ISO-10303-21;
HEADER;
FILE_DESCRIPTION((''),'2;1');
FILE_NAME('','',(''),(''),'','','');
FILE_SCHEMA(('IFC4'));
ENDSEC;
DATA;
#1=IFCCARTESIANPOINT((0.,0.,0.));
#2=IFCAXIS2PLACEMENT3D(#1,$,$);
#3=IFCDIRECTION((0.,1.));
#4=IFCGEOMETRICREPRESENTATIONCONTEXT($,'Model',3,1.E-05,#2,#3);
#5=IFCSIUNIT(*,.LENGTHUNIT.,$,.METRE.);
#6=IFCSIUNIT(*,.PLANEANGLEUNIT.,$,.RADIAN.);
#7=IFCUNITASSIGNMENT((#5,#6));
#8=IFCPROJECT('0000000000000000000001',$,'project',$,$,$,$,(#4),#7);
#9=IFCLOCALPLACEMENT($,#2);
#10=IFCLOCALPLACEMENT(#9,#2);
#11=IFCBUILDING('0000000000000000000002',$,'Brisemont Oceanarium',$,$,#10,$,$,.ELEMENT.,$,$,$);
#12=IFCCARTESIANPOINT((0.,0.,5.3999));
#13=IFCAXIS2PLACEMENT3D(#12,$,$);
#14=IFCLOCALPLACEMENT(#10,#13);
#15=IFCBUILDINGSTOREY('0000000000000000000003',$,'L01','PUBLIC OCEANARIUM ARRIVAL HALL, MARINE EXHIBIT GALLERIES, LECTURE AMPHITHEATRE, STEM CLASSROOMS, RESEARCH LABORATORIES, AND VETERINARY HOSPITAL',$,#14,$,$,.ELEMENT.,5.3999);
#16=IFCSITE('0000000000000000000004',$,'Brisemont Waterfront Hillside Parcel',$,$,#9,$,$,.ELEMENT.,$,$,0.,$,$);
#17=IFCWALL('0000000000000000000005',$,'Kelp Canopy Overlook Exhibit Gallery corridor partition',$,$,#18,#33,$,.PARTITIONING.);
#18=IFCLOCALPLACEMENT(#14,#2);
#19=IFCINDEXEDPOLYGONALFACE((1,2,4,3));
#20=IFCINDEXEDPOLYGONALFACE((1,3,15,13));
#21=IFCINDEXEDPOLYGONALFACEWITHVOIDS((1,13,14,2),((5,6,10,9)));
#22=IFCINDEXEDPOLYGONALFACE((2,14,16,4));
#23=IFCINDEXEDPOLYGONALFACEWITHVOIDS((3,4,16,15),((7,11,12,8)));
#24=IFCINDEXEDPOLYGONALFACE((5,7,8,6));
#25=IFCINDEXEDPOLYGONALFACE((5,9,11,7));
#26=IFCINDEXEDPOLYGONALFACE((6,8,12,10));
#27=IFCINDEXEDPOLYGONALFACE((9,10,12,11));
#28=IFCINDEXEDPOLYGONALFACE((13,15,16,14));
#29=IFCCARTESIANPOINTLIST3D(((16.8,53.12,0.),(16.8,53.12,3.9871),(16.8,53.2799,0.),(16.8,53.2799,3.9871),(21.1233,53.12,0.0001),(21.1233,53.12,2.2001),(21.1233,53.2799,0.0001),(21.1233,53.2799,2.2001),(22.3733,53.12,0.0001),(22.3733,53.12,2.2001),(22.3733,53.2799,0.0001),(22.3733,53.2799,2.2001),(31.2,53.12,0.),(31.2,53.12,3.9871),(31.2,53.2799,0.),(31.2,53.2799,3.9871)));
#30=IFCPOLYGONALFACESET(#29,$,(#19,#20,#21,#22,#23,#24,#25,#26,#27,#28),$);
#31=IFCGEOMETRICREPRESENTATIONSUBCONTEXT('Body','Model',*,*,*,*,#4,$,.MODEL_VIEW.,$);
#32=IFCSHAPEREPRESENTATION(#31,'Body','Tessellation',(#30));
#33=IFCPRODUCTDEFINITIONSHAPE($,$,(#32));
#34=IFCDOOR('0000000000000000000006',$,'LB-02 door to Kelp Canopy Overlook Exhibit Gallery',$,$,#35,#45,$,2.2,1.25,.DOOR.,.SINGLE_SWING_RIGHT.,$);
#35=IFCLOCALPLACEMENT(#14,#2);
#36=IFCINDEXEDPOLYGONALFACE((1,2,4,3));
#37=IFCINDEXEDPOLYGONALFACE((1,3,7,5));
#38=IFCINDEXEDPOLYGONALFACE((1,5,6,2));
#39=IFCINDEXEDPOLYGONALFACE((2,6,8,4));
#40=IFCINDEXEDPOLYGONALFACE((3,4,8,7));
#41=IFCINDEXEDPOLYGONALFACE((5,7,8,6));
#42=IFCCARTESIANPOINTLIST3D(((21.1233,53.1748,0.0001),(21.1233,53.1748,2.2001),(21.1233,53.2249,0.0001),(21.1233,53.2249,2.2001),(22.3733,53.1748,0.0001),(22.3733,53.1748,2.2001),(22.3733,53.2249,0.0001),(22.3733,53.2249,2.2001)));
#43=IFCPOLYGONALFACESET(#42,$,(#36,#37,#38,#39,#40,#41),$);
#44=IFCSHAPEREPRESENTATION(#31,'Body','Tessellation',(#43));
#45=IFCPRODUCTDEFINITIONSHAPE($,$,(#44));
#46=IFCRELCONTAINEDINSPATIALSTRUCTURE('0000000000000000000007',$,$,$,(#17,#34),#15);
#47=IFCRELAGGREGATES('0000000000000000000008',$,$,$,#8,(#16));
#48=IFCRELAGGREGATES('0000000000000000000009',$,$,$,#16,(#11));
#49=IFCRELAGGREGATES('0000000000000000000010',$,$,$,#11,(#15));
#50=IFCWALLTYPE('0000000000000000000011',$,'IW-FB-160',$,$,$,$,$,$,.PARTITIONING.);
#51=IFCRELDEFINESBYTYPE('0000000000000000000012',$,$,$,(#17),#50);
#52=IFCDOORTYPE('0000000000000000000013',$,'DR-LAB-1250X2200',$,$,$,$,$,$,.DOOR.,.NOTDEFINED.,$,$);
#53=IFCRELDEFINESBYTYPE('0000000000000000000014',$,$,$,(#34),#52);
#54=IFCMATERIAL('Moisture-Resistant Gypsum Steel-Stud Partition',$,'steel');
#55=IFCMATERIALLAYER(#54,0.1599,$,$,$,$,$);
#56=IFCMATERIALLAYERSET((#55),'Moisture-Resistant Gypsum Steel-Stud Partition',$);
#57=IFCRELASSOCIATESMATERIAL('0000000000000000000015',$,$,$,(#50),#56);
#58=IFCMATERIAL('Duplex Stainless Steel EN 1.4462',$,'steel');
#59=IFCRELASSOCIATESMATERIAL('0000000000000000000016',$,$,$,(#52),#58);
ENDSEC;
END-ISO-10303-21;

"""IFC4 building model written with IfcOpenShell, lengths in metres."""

from ifc_helpers import new_model, si_unit, direction, frame, frame_2d, origin, place, context, subcontext, project, spatial, rectangle, extrude, material, layer, layer_set, type_object, element, fill, save


model = new_model("IFC4")

# Units and contexts
model_context = context("Model", 3, precision=1e-05, world=origin(), true_north=direction((0.0, 1.0)))
body_context = subcontext(model_context, "Body", "Model", "MODEL_VIEW")
ifc_project = project(units=[si_unit("LENGTHUNIT", "METRE"), si_unit("PLANEANGLEUNIT", "RADIAN")], contexts=[model_context])

# Site, building, storey
site_placement = place(None, origin())
site = spatial("IfcSite", under=ifc_project, at=site_placement, Name="Brisemont Waterfront Hillside Parcel", CompositionType="ELEMENT", RefElevation=0.0)
building_placement = place(site_placement, origin())
building = spatial("IfcBuilding", under=site, at=building_placement, Name="Brisemont Oceanarium", CompositionType="ELEMENT")
storey_placement = place(building_placement, frame((0.0, 0.0, 5.3999)))
storey = spatial("IfcBuildingStorey", under=building, at=storey_placement, Name="L01", Description="PUBLIC OCEANARIUM ARRIVAL HALL, MARINE EXHIBIT GALLERIES, LECTURE AMPHITHEATRE, STEM CLASSROOMS, RESEARCH LABORATORIES, AND VETERINARY HOSPITAL", CompositionType="ELEMENT", Elevation=5.3999)

# Wall, opening, door
ifc_material_1 = material(Name="Moisture-Resistant Gypsum Steel-Stud Partition", Category="steel")
ifc_layer_1 = layer(ifc_material_1, 0.1599)
ifc_layer_set_1 = layer_set([ifc_layer_1], Name="Moisture-Resistant Gypsum Steel-Stud Partition")
wall_type = type_object("IfcWallType", Name="IW-FB-160", PredefinedType="PARTITIONING", material=ifc_layer_set_1)
wall_placement = place(storey_placement, frame((16.8, 53.2, 0.0), z_axis=(0.0, 0.0, 1.0), x_axis=(1.0, 0.0, 0.0)))
wall = element("IfcWall", 1, at=wall_placement, inside=storey, type_object=wall_type, Name="Kelp Canopy Overlook Exhibit Gallery corridor partition", PredefinedType="PARTITIONING", context=body_context, shape_type="SweptSolid", body=[
    extrude(rectangle(XDim=14.3999, YDim=0.1599, at=frame_2d((7.2, 0.0))), origin(), (0.0, 0.0, 1.0), 3.9871),
])
opening_placement = place(wall_placement, frame((4.3232, 0.0, 0.0)))
opening = element("IfcOpeningElement", 2, at=opening_placement, cuts=wall, PredefinedType="OPENING", context=body_context, shape_type="SweptSolid", body=[
    extrude(rectangle(XDim=1.25, YDim=2.2, at=frame_2d((0.625, 1.1001))), frame((0.0, 0.0898, 0.0), z_axis=(0.0, -1.0, 0.0), x_axis=(1.0, 0.0, 0.0)), (0.0, 0.0, 1.0), 0.1799),
])
ifc_material_2 = material(Name="Duplex Stainless Steel EN 1.4462", Category="steel")
door_type = type_object("IfcDoorType", Name="DR-LAB-1250X2200", OperationType="NOTDEFINED", PredefinedType="DOOR", material=ifc_material_2)
door_placement = place(opening_placement, origin())
door = element("IfcDoor", 3, at=door_placement, inside=storey, type_object=door_type, Name="LB-02 door to Kelp Canopy Overlook Exhibit Gallery", OperationType="SINGLE_SWING_RIGHT", OverallHeight=2.2, OverallWidth=1.25, PredefinedType="DOOR", context=body_context, shape_type="SweptSolid", body=[
    extrude(rectangle(XDim=1.25, YDim=2.2, at=frame_2d((0.625, 1.1001))), frame((0.0, 0.0249, 0.0), z_axis=(0.0, -1.0, 0.0), x_axis=(1.0, 0.0, 0.0)), (0.0, 0.0, 1.0), 0.05),
])
fill(opening, door)

save(model, "model.ifc")
